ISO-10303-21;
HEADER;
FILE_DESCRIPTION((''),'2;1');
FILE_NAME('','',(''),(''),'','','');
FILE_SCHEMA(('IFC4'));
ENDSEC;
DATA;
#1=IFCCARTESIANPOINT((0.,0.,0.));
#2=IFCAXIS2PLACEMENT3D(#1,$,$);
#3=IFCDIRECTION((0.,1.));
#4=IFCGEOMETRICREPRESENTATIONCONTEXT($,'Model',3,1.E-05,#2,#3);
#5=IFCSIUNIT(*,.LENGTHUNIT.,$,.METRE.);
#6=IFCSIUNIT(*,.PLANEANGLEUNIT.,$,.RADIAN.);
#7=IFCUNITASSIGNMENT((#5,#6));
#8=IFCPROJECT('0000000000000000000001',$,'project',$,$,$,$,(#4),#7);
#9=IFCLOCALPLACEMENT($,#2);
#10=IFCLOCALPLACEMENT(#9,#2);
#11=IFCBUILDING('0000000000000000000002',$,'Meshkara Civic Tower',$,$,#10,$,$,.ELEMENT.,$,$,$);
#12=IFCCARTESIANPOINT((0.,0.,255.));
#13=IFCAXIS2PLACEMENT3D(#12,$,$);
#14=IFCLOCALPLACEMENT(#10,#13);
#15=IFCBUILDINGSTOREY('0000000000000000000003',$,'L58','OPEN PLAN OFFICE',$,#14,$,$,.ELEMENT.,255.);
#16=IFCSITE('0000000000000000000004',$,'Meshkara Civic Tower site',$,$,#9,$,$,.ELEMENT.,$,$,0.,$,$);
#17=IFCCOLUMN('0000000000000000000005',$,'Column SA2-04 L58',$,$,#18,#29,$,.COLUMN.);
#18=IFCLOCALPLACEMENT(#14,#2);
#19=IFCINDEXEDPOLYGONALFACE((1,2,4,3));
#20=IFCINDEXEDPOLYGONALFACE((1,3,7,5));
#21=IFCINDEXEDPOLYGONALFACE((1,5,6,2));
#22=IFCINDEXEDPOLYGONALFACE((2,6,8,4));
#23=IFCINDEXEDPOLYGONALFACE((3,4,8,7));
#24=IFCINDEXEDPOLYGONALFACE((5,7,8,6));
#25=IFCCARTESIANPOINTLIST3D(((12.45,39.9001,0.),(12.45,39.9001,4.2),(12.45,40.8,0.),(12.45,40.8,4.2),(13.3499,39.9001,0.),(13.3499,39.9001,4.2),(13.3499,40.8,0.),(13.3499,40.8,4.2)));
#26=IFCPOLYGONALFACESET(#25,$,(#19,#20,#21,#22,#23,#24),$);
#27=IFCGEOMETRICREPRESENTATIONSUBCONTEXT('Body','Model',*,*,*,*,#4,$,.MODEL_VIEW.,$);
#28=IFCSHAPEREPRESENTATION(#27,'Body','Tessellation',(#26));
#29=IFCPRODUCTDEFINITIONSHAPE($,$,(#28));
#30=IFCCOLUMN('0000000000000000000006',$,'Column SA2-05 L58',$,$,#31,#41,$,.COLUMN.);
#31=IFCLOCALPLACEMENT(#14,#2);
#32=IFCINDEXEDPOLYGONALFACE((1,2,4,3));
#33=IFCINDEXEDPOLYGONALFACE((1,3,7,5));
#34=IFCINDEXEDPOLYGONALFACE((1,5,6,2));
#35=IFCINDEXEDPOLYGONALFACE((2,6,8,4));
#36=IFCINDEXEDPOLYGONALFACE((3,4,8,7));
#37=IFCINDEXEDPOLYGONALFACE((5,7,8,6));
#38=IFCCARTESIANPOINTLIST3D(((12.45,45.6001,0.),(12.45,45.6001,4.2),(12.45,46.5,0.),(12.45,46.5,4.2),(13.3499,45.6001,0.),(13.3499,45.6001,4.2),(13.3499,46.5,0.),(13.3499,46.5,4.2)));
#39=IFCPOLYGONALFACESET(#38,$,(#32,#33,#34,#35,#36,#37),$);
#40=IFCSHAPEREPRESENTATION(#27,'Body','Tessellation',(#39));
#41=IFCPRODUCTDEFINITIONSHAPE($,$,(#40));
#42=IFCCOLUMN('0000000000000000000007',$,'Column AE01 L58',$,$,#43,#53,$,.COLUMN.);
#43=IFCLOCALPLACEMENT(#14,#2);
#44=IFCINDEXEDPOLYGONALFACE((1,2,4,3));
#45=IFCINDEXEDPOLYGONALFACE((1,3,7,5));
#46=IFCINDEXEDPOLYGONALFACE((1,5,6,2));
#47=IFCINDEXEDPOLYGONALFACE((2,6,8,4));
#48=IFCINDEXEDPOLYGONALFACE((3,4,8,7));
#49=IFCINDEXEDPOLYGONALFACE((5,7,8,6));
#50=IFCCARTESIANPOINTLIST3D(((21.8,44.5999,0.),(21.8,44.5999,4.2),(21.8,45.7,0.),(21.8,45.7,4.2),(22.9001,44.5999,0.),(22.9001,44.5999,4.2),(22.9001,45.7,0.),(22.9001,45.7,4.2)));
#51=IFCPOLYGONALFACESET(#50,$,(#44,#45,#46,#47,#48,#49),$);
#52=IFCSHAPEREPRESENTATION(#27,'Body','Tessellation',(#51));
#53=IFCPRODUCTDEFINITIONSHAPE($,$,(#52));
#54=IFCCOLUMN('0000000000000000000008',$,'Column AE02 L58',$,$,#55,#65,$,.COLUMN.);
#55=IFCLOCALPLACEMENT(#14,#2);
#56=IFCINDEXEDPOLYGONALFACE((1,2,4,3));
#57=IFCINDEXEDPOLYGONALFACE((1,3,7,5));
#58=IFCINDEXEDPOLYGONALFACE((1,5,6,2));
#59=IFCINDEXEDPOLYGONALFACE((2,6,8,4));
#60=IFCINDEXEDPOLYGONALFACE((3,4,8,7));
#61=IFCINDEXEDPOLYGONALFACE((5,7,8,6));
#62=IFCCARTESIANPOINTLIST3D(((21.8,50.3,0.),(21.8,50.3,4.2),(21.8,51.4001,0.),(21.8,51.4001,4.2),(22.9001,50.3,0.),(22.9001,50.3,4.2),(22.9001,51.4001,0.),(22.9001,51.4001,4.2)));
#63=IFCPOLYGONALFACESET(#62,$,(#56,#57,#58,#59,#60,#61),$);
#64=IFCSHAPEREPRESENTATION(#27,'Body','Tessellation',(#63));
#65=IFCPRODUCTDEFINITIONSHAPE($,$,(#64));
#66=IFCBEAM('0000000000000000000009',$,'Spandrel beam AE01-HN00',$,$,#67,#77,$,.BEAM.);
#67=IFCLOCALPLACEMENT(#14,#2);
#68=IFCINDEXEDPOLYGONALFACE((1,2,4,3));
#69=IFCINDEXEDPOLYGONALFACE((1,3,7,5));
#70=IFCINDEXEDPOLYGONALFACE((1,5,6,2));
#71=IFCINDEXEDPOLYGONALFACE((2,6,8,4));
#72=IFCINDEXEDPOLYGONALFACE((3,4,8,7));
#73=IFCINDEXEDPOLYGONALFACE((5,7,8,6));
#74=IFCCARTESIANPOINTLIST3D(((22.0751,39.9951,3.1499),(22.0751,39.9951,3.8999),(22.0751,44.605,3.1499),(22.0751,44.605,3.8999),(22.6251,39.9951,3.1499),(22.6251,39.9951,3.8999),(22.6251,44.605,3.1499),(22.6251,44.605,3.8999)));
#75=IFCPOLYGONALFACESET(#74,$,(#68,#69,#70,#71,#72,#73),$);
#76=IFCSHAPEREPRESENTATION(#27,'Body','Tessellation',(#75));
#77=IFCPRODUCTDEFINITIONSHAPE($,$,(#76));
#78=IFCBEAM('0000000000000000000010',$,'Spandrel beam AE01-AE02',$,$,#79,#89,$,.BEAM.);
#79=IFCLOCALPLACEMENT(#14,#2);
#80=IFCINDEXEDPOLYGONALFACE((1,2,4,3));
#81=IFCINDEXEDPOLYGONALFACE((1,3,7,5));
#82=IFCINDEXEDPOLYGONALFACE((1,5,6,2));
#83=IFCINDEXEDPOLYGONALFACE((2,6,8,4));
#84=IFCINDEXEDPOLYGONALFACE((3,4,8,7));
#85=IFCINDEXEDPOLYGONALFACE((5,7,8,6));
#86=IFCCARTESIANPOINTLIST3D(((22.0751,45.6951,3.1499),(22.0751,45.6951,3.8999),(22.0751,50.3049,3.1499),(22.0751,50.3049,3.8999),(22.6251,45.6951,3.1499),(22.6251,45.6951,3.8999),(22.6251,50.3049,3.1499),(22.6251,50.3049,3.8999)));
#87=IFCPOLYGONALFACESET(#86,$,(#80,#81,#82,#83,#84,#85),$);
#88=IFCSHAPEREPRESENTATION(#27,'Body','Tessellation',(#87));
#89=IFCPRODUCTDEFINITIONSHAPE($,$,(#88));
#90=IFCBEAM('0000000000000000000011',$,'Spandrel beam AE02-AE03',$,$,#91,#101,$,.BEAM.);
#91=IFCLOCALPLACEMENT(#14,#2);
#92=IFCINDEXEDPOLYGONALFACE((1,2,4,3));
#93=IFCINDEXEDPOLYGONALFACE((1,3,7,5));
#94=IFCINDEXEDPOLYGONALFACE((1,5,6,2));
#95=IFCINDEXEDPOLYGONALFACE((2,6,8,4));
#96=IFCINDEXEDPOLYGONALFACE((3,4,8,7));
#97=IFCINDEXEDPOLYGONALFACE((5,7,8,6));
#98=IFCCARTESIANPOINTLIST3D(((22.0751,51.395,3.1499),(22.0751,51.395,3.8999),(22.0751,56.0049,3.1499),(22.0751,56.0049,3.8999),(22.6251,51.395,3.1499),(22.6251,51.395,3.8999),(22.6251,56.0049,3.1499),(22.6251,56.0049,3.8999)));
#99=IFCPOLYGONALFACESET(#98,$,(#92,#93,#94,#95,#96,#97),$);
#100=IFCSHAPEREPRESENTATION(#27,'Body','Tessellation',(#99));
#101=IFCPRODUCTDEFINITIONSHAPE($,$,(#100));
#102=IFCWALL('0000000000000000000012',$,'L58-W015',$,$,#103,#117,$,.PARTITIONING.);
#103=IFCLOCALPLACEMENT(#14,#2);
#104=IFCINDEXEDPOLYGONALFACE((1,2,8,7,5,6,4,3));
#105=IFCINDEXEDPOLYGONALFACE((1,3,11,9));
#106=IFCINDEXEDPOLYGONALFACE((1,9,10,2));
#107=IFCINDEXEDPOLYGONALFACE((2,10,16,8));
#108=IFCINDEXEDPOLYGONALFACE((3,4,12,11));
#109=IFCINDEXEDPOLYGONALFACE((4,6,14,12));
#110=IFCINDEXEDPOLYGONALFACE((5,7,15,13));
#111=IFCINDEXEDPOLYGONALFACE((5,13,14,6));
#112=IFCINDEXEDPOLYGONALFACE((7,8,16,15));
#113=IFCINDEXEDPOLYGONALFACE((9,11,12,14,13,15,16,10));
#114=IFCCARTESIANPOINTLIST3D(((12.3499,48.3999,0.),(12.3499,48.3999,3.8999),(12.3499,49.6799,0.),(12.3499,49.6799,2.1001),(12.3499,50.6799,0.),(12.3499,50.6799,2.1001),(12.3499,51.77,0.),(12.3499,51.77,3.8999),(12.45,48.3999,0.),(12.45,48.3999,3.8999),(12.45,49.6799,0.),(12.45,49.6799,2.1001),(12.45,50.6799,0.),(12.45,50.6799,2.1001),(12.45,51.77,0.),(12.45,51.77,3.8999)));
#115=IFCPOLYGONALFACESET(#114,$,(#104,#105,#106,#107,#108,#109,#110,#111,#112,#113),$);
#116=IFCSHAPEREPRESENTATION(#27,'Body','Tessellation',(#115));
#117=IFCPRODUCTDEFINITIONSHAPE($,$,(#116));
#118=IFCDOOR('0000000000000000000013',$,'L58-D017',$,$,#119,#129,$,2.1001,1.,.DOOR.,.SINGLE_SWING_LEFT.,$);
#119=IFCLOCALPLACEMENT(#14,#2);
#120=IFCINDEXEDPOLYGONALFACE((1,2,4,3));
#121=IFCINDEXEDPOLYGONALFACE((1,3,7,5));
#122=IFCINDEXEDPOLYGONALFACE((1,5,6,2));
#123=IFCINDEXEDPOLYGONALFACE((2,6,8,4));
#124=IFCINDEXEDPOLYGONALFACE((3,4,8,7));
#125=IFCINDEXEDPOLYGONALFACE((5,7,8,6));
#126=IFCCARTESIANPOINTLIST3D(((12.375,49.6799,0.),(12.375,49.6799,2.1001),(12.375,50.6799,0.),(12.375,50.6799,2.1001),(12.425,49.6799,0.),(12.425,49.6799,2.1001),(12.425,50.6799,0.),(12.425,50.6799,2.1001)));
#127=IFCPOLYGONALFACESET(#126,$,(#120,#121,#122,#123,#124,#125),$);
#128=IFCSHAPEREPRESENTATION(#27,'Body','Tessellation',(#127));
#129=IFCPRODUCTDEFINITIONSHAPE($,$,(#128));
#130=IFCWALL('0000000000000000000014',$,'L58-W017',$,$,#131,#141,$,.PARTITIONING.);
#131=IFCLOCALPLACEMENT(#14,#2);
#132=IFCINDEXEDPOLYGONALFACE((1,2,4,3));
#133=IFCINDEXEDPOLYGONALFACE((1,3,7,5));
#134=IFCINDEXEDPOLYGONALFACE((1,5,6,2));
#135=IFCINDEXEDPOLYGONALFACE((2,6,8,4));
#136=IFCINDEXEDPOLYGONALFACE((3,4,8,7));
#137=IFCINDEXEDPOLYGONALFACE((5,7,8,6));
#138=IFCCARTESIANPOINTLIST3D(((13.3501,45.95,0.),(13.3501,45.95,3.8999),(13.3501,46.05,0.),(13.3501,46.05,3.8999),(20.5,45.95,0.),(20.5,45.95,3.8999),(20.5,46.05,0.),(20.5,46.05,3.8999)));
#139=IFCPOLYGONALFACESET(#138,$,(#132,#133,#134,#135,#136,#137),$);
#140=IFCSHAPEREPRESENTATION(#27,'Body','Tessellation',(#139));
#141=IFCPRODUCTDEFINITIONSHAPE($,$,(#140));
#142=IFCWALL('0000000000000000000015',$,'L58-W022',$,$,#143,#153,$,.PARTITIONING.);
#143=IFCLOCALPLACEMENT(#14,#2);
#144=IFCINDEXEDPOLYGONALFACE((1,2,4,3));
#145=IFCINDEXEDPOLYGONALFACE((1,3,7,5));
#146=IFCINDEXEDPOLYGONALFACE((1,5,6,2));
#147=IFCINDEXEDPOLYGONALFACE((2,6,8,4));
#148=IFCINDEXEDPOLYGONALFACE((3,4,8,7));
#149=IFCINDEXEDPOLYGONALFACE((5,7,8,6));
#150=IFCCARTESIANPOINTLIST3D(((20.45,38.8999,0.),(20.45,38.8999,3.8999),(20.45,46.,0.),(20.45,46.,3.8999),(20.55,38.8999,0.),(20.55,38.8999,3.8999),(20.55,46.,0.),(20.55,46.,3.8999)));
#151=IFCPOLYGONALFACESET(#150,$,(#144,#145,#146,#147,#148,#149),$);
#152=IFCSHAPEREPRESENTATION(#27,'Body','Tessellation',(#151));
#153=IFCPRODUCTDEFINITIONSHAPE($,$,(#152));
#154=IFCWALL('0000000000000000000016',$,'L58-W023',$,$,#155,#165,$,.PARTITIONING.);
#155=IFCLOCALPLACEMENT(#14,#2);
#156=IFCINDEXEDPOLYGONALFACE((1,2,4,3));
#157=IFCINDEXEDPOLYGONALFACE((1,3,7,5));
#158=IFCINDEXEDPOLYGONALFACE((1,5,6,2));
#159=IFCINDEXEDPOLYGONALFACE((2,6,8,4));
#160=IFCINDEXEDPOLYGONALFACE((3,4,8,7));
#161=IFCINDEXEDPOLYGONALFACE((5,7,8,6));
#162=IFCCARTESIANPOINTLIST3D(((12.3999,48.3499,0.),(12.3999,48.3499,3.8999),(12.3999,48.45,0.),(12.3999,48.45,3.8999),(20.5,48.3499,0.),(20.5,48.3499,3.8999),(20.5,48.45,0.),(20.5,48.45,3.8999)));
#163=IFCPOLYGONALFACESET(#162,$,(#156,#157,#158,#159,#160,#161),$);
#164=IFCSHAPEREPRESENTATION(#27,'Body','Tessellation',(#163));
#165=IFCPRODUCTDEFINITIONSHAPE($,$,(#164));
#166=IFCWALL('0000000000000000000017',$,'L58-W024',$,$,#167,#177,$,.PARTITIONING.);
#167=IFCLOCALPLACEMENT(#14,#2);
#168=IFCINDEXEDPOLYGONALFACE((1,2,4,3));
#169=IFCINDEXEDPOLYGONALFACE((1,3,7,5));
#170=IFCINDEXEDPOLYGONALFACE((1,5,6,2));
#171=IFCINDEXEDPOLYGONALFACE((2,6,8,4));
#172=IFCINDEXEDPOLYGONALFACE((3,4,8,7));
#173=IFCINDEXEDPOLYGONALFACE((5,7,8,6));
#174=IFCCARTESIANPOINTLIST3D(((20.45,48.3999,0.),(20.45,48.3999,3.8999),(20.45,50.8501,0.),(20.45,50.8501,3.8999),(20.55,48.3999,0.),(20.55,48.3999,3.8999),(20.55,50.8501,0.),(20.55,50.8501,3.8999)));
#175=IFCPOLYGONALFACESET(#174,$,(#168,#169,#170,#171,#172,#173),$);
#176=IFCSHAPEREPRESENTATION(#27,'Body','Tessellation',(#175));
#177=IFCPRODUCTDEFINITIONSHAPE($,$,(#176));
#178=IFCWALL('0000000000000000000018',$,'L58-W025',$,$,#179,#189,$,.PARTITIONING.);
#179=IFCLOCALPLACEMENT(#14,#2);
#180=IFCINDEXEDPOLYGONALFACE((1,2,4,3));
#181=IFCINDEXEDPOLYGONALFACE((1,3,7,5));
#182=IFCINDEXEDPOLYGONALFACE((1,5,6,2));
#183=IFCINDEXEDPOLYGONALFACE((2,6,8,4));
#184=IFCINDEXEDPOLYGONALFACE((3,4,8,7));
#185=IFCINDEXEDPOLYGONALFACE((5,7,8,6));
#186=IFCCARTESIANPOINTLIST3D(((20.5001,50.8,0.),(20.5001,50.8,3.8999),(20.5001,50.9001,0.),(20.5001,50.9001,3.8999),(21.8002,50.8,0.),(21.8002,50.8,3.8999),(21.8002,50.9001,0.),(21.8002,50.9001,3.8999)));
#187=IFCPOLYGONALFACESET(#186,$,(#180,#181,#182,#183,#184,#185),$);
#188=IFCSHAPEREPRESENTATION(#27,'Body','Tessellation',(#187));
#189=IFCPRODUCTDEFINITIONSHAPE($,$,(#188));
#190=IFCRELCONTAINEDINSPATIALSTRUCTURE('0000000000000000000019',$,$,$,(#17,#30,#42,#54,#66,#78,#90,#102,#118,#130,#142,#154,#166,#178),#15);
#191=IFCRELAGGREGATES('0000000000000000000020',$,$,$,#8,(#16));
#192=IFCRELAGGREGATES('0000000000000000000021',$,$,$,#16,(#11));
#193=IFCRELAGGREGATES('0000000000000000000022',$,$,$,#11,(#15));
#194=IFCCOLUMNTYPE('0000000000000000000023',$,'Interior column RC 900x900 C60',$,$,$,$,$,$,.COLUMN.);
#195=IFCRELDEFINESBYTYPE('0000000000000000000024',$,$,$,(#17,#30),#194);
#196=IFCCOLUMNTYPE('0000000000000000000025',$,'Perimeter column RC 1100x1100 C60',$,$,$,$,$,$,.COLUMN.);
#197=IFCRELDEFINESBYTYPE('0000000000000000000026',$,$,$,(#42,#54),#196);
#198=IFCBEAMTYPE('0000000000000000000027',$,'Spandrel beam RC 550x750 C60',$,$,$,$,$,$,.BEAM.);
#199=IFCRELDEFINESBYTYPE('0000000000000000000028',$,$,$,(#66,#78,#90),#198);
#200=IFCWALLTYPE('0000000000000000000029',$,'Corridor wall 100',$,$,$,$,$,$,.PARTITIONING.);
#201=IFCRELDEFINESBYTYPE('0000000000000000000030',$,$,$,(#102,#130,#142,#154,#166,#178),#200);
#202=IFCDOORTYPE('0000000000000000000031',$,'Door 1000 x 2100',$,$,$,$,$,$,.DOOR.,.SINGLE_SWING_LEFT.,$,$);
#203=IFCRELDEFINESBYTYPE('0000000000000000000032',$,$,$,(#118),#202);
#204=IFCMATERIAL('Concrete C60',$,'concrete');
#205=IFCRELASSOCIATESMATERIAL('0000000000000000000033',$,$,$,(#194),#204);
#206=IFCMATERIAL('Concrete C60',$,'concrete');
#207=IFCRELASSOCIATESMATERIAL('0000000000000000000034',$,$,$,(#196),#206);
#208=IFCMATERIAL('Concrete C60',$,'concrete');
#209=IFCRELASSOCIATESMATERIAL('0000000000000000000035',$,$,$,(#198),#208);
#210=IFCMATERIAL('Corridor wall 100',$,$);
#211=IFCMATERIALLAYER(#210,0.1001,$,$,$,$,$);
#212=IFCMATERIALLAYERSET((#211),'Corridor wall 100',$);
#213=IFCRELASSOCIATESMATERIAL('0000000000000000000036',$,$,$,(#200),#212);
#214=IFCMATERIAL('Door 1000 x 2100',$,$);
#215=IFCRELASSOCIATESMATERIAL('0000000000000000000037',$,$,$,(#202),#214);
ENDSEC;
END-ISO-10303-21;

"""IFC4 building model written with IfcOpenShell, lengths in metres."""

from ifc_helpers import new_model, si_unit, direction, frame, frame_2d, origin, origin_2d, place, context, subcontext, project, spatial, rectangle, extrude, material, layer, layer_set, material_profile, profile_set, type_object, element, fill, save


model = new_model("IFC4")

# Units and contexts
model_context = context("Model", 3, precision=1e-05, world=origin(), true_north=direction((0.0, 1.0)))
body_context = subcontext(model_context, "Body", "Model", "MODEL_VIEW")
ifc_project = project(units=[si_unit("LENGTHUNIT", "METRE"), si_unit("PLANEANGLEUNIT", "RADIAN")], contexts=[model_context])

# Site, building, storey
site_placement = place(None, origin())
site = spatial("IfcSite", under=ifc_project, at=site_placement, Name="Meshkara Civic Tower site", CompositionType="ELEMENT", RefElevation=0.0)
building_placement = place(site_placement, origin())
building = spatial("IfcBuilding", under=site, at=building_placement, Name="Meshkara Civic Tower", CompositionType="ELEMENT")
storey_placement = place(building_placement, frame((0.0, 0.0, 255.0)))
storey = spatial("IfcBuildingStorey", under=building, at=storey_placement, Name="L58", Description="OPEN PLAN OFFICE", CompositionType="ELEMENT", Elevation=255.0)

# Columns
ifc_material_1 = material(Name="Concrete C60", Category="concrete")
ifc_material_profile_1 = material_profile(ifc_material_1, rectangle(XDim=0.8999, YDim=0.8999, at=origin_2d()))
ifc_profile_set_1 = profile_set([ifc_material_profile_1], Name="Concrete C60")
column_type_1 = type_object("IfcColumnType", Name="Interior column RC 900x900 C60", PredefinedType="COLUMN", material=ifc_profile_set_1)
for number, where, z_axis, x_axis, name in (
    (1, (12.8999, 40.3501, 0.0), (0.0, 0.0, 1.0), (1.0, 0.0, 0.0), "Column SA2-04 L58"),
    (2, (12.8999, 46.05, 0.0), (0.0, 0.0, 1.0), (1.0, 0.0, 0.0), "Column SA2-05 L58"),
):
    element("IfcColumn", number, at=place(storey_placement, frame(where, z_axis=z_axis, x_axis=x_axis)), inside=storey, type_object=column_type_1, Name=name, PredefinedType="COLUMN", context=body_context, shape_type="SweptSolid", body=[
        extrude(rectangle(XDim=0.8999, YDim=0.8999, at=origin_2d()), origin(), (0.0, 0.0, 1.0), 4.2),
    ])
ifc_material_2 = material(Name="Concrete C60", Category="concrete")
ifc_material_profile_2 = material_profile(ifc_material_2, rectangle(XDim=1.1001, YDim=1.1001, at=origin_2d()))
ifc_profile_set_2 = profile_set([ifc_material_profile_2], Name="Concrete C60")
column_type_2 = type_object("IfcColumnType", Name="Perimeter column RC 1100x1100 C60", PredefinedType="COLUMN", material=ifc_profile_set_2)
for number, where, z_axis, x_axis, name in (
    (3, (22.3501, 45.1499, 0.0), (0.0, 0.0, 1.0), (1.0, 0.0, 0.0), "Column AE01 L58"),
    (4, (22.3501, 50.8501, 0.0), (0.0, 0.0, 1.0), (1.0, 0.0, 0.0), "Column AE02 L58"),
):
    element("IfcColumn", number, at=place(storey_placement, frame(where, z_axis=z_axis, x_axis=x_axis)), inside=storey, type_object=column_type_2, Name=name, PredefinedType="COLUMN", context=body_context, shape_type="SweptSolid", body=[
        extrude(rectangle(XDim=1.1001, YDim=1.1001, at=origin_2d()), origin(), (0.0, 0.0, 1.0), 4.2),
    ])

# Beams
ifc_material_3 = material(Name="Concrete C60", Category="concrete")
ifc_material_profile_3 = material_profile(ifc_material_3, rectangle(XDim=0.55, YDim=0.75, at=origin_2d()))
ifc_profile_set_3 = profile_set([ifc_material_profile_3], Name="Concrete C60")
beam_type = type_object("IfcBeamType", Name="Spandrel beam RC 550x750 C60", PredefinedType="BEAM", material=ifc_profile_set_3)
for number, where, z_axis, x_axis, name in (
    (5, (22.3501, 39.9951, 3.5249), (0.0, 1.0, 0.0), (-1.0, 0.0, 0.0), "Spandrel beam AE01-HN00"),
    (6, (22.3501, 45.6951, 3.5249), (0.0, 1.0, 0.0), (-1.0, 0.0, 0.0), "Spandrel beam AE01-AE02"),
    (7, (22.3501, 51.395, 3.5249), (0.0, 1.0, 0.0), (-1.0, 0.0, 0.0), "Spandrel beam AE02-AE03"),
):
    element("IfcBeam", number, at=place(storey_placement, frame(where, z_axis=z_axis, x_axis=x_axis)), inside=storey, type_object=beam_type, Name=name, PredefinedType="BEAM", context=body_context, shape_type="SweptSolid", body=[
        extrude(rectangle(XDim=0.55, YDim=0.75, at=origin_2d()), origin(), (0.0, 0.0, 1.0), 4.6099),
    ])

# Wall, opening, door
ifc_material_4 = material(Name="Corridor wall 100")
ifc_layer_1 = layer(ifc_material_4, 0.1001)
ifc_layer_set_1 = layer_set([ifc_layer_1], Name="Corridor wall 100")
wall_type_1 = type_object("IfcWallType", Name="Corridor wall 100", PredefinedType="PARTITIONING", material=ifc_layer_set_1)
wall_1_placement = place(storey_placement, frame((12.3999, 48.3999, 0.0), z_axis=(0.0, 0.0, 1.0), x_axis=(0.0, 1.0, 0.0)))
wall_1 = element("IfcWall", 8, at=wall_1_placement, inside=storey, type_object=wall_type_1, Name="L58-W015", PredefinedType="PARTITIONING", context=body_context, shape_type="SweptSolid", body=[
    extrude(rectangle(XDim=3.3701, YDim=0.1001, at=frame_2d((1.6851, 0.0))), origin(), (0.0, 0.0, 1.0), 3.8999),
])
opening_1_placement = place(wall_1_placement, frame((1.28, 0.0, 0.0)))
opening_1 = element("IfcOpeningElement", 9, at=opening_1_placement, cuts=wall_1, PredefinedType="OPENING", context=body_context, shape_type="SweptSolid", body=[
    extrude(rectangle(XDim=1.0, YDim=2.1001, at=frame_2d((0.5, 1.05))), frame((0.0, 0.0601, 0.0), z_axis=(0.0, -1.0, 0.0), x_axis=(1.0, 0.0, 0.0)), (0.0, 0.0, 1.0), 0.1201),
])
ifc_material_5 = material(Name="Door 1000 x 2100")
door_type = type_object("IfcDoorType", Name="Door 1000 x 2100", OperationType="SINGLE_SWING_LEFT", PredefinedType="DOOR", material=ifc_material_5)
door_placement = place(opening_1_placement, origin())
door = element("IfcDoor", 10, at=door_placement, inside=storey, type_object=door_type, Name="L58-D017", OperationType="SINGLE_SWING_LEFT", OverallHeight=2.1001, OverallWidth=1.0, PredefinedType="DOOR", context=body_context, shape_type="SweptSolid", body=[
    extrude(rectangle(XDim=1.0, YDim=2.1001, at=frame_2d((0.5, 1.05))), frame((0.0, 0.0249, 0.0), z_axis=(0.0, -1.0, 0.0), x_axis=(1.0, 0.0, 0.0)), (0.0, 0.0, 1.0), 0.05),
])
fill(opening_1, door)

# Walls
wall_2_placement = place(storey_placement, frame((13.3501, 46.0, 0.0), z_axis=(0.0, 0.0, 1.0), x_axis=(1.0, 0.0, 0.0)))
element("IfcWall", 11, at=wall_2_placement, inside=storey, type_object=wall_type_1, Name="L58-W017", PredefinedType="PARTITIONING", context=body_context, shape_type="SweptSolid", body=[
    extrude(rectangle(XDim=7.1499, YDim=0.1001, at=frame_2d((3.575, 0.0))), origin(), (0.0, 0.0, 1.0), 3.8999),
])
wall_3_placement = place(storey_placement, frame((20.5, 46.0, 0.0), z_axis=(0.0, 0.0, 1.0), x_axis=(0.0, -1.0, 0.0)))
element("IfcWall", 12, at=wall_3_placement, inside=storey, type_object=wall_type_1, Name="L58-W022", PredefinedType="PARTITIONING", context=body_context, shape_type="SweptSolid", body=[
    extrude(rectangle(XDim=7.1001, YDim=0.1001, at=frame_2d((3.55, 0.0))), origin(), (0.0, 0.0, 1.0), 3.8999),
])
wall_4_placement = place(storey_placement, frame((20.5, 48.3999, 0.0), z_axis=(0.0, 0.0, 1.0), x_axis=(-1.0, 0.0, 0.0)))
element("IfcWall", 13, at=wall_4_placement, inside=storey, type_object=wall_type_1, Name="L58-W023", PredefinedType="PARTITIONING", context=body_context, shape_type="SweptSolid", body=[
    extrude(rectangle(XDim=8.1001, YDim=0.1001, at=frame_2d((4.05, 0.0))), origin(), (0.0, 0.0, 1.0), 3.8999),
])
wall_5_placement = place(storey_placement, frame((20.5, 50.8501, 0.0), z_axis=(0.0, 0.0, 1.0), x_axis=(0.0, -1.0, 0.0)))
element("IfcWall", 14, at=wall_5_placement, inside=storey, type_object=wall_type_1, Name="L58-W024", PredefinedType="PARTITIONING", context=body_context, shape_type="SweptSolid", body=[
    extrude(rectangle(XDim=2.4502, YDim=0.1001, at=frame_2d((1.2251, 0.0))), origin(), (0.0, 0.0, 1.0), 3.8999),
])
wall_6_placement = place(storey_placement, frame((21.8, 50.8501, 0.0), z_axis=(0.0, 0.0, 1.0), x_axis=(-1.0, 0.0, 0.0)))
element("IfcWall", 15, at=wall_6_placement, inside=storey, type_object=wall_type_1, Name="L58-W025", PredefinedType="PARTITIONING", context=body_context, shape_type="SweptSolid", body=[
    extrude(rectangle(XDim=1.3, YDim=0.1001, at=frame_2d((0.6499, 0.0))), origin(), (0.0, 0.0, 1.0), 3.8999),
])

save(model, "model.ifc")
